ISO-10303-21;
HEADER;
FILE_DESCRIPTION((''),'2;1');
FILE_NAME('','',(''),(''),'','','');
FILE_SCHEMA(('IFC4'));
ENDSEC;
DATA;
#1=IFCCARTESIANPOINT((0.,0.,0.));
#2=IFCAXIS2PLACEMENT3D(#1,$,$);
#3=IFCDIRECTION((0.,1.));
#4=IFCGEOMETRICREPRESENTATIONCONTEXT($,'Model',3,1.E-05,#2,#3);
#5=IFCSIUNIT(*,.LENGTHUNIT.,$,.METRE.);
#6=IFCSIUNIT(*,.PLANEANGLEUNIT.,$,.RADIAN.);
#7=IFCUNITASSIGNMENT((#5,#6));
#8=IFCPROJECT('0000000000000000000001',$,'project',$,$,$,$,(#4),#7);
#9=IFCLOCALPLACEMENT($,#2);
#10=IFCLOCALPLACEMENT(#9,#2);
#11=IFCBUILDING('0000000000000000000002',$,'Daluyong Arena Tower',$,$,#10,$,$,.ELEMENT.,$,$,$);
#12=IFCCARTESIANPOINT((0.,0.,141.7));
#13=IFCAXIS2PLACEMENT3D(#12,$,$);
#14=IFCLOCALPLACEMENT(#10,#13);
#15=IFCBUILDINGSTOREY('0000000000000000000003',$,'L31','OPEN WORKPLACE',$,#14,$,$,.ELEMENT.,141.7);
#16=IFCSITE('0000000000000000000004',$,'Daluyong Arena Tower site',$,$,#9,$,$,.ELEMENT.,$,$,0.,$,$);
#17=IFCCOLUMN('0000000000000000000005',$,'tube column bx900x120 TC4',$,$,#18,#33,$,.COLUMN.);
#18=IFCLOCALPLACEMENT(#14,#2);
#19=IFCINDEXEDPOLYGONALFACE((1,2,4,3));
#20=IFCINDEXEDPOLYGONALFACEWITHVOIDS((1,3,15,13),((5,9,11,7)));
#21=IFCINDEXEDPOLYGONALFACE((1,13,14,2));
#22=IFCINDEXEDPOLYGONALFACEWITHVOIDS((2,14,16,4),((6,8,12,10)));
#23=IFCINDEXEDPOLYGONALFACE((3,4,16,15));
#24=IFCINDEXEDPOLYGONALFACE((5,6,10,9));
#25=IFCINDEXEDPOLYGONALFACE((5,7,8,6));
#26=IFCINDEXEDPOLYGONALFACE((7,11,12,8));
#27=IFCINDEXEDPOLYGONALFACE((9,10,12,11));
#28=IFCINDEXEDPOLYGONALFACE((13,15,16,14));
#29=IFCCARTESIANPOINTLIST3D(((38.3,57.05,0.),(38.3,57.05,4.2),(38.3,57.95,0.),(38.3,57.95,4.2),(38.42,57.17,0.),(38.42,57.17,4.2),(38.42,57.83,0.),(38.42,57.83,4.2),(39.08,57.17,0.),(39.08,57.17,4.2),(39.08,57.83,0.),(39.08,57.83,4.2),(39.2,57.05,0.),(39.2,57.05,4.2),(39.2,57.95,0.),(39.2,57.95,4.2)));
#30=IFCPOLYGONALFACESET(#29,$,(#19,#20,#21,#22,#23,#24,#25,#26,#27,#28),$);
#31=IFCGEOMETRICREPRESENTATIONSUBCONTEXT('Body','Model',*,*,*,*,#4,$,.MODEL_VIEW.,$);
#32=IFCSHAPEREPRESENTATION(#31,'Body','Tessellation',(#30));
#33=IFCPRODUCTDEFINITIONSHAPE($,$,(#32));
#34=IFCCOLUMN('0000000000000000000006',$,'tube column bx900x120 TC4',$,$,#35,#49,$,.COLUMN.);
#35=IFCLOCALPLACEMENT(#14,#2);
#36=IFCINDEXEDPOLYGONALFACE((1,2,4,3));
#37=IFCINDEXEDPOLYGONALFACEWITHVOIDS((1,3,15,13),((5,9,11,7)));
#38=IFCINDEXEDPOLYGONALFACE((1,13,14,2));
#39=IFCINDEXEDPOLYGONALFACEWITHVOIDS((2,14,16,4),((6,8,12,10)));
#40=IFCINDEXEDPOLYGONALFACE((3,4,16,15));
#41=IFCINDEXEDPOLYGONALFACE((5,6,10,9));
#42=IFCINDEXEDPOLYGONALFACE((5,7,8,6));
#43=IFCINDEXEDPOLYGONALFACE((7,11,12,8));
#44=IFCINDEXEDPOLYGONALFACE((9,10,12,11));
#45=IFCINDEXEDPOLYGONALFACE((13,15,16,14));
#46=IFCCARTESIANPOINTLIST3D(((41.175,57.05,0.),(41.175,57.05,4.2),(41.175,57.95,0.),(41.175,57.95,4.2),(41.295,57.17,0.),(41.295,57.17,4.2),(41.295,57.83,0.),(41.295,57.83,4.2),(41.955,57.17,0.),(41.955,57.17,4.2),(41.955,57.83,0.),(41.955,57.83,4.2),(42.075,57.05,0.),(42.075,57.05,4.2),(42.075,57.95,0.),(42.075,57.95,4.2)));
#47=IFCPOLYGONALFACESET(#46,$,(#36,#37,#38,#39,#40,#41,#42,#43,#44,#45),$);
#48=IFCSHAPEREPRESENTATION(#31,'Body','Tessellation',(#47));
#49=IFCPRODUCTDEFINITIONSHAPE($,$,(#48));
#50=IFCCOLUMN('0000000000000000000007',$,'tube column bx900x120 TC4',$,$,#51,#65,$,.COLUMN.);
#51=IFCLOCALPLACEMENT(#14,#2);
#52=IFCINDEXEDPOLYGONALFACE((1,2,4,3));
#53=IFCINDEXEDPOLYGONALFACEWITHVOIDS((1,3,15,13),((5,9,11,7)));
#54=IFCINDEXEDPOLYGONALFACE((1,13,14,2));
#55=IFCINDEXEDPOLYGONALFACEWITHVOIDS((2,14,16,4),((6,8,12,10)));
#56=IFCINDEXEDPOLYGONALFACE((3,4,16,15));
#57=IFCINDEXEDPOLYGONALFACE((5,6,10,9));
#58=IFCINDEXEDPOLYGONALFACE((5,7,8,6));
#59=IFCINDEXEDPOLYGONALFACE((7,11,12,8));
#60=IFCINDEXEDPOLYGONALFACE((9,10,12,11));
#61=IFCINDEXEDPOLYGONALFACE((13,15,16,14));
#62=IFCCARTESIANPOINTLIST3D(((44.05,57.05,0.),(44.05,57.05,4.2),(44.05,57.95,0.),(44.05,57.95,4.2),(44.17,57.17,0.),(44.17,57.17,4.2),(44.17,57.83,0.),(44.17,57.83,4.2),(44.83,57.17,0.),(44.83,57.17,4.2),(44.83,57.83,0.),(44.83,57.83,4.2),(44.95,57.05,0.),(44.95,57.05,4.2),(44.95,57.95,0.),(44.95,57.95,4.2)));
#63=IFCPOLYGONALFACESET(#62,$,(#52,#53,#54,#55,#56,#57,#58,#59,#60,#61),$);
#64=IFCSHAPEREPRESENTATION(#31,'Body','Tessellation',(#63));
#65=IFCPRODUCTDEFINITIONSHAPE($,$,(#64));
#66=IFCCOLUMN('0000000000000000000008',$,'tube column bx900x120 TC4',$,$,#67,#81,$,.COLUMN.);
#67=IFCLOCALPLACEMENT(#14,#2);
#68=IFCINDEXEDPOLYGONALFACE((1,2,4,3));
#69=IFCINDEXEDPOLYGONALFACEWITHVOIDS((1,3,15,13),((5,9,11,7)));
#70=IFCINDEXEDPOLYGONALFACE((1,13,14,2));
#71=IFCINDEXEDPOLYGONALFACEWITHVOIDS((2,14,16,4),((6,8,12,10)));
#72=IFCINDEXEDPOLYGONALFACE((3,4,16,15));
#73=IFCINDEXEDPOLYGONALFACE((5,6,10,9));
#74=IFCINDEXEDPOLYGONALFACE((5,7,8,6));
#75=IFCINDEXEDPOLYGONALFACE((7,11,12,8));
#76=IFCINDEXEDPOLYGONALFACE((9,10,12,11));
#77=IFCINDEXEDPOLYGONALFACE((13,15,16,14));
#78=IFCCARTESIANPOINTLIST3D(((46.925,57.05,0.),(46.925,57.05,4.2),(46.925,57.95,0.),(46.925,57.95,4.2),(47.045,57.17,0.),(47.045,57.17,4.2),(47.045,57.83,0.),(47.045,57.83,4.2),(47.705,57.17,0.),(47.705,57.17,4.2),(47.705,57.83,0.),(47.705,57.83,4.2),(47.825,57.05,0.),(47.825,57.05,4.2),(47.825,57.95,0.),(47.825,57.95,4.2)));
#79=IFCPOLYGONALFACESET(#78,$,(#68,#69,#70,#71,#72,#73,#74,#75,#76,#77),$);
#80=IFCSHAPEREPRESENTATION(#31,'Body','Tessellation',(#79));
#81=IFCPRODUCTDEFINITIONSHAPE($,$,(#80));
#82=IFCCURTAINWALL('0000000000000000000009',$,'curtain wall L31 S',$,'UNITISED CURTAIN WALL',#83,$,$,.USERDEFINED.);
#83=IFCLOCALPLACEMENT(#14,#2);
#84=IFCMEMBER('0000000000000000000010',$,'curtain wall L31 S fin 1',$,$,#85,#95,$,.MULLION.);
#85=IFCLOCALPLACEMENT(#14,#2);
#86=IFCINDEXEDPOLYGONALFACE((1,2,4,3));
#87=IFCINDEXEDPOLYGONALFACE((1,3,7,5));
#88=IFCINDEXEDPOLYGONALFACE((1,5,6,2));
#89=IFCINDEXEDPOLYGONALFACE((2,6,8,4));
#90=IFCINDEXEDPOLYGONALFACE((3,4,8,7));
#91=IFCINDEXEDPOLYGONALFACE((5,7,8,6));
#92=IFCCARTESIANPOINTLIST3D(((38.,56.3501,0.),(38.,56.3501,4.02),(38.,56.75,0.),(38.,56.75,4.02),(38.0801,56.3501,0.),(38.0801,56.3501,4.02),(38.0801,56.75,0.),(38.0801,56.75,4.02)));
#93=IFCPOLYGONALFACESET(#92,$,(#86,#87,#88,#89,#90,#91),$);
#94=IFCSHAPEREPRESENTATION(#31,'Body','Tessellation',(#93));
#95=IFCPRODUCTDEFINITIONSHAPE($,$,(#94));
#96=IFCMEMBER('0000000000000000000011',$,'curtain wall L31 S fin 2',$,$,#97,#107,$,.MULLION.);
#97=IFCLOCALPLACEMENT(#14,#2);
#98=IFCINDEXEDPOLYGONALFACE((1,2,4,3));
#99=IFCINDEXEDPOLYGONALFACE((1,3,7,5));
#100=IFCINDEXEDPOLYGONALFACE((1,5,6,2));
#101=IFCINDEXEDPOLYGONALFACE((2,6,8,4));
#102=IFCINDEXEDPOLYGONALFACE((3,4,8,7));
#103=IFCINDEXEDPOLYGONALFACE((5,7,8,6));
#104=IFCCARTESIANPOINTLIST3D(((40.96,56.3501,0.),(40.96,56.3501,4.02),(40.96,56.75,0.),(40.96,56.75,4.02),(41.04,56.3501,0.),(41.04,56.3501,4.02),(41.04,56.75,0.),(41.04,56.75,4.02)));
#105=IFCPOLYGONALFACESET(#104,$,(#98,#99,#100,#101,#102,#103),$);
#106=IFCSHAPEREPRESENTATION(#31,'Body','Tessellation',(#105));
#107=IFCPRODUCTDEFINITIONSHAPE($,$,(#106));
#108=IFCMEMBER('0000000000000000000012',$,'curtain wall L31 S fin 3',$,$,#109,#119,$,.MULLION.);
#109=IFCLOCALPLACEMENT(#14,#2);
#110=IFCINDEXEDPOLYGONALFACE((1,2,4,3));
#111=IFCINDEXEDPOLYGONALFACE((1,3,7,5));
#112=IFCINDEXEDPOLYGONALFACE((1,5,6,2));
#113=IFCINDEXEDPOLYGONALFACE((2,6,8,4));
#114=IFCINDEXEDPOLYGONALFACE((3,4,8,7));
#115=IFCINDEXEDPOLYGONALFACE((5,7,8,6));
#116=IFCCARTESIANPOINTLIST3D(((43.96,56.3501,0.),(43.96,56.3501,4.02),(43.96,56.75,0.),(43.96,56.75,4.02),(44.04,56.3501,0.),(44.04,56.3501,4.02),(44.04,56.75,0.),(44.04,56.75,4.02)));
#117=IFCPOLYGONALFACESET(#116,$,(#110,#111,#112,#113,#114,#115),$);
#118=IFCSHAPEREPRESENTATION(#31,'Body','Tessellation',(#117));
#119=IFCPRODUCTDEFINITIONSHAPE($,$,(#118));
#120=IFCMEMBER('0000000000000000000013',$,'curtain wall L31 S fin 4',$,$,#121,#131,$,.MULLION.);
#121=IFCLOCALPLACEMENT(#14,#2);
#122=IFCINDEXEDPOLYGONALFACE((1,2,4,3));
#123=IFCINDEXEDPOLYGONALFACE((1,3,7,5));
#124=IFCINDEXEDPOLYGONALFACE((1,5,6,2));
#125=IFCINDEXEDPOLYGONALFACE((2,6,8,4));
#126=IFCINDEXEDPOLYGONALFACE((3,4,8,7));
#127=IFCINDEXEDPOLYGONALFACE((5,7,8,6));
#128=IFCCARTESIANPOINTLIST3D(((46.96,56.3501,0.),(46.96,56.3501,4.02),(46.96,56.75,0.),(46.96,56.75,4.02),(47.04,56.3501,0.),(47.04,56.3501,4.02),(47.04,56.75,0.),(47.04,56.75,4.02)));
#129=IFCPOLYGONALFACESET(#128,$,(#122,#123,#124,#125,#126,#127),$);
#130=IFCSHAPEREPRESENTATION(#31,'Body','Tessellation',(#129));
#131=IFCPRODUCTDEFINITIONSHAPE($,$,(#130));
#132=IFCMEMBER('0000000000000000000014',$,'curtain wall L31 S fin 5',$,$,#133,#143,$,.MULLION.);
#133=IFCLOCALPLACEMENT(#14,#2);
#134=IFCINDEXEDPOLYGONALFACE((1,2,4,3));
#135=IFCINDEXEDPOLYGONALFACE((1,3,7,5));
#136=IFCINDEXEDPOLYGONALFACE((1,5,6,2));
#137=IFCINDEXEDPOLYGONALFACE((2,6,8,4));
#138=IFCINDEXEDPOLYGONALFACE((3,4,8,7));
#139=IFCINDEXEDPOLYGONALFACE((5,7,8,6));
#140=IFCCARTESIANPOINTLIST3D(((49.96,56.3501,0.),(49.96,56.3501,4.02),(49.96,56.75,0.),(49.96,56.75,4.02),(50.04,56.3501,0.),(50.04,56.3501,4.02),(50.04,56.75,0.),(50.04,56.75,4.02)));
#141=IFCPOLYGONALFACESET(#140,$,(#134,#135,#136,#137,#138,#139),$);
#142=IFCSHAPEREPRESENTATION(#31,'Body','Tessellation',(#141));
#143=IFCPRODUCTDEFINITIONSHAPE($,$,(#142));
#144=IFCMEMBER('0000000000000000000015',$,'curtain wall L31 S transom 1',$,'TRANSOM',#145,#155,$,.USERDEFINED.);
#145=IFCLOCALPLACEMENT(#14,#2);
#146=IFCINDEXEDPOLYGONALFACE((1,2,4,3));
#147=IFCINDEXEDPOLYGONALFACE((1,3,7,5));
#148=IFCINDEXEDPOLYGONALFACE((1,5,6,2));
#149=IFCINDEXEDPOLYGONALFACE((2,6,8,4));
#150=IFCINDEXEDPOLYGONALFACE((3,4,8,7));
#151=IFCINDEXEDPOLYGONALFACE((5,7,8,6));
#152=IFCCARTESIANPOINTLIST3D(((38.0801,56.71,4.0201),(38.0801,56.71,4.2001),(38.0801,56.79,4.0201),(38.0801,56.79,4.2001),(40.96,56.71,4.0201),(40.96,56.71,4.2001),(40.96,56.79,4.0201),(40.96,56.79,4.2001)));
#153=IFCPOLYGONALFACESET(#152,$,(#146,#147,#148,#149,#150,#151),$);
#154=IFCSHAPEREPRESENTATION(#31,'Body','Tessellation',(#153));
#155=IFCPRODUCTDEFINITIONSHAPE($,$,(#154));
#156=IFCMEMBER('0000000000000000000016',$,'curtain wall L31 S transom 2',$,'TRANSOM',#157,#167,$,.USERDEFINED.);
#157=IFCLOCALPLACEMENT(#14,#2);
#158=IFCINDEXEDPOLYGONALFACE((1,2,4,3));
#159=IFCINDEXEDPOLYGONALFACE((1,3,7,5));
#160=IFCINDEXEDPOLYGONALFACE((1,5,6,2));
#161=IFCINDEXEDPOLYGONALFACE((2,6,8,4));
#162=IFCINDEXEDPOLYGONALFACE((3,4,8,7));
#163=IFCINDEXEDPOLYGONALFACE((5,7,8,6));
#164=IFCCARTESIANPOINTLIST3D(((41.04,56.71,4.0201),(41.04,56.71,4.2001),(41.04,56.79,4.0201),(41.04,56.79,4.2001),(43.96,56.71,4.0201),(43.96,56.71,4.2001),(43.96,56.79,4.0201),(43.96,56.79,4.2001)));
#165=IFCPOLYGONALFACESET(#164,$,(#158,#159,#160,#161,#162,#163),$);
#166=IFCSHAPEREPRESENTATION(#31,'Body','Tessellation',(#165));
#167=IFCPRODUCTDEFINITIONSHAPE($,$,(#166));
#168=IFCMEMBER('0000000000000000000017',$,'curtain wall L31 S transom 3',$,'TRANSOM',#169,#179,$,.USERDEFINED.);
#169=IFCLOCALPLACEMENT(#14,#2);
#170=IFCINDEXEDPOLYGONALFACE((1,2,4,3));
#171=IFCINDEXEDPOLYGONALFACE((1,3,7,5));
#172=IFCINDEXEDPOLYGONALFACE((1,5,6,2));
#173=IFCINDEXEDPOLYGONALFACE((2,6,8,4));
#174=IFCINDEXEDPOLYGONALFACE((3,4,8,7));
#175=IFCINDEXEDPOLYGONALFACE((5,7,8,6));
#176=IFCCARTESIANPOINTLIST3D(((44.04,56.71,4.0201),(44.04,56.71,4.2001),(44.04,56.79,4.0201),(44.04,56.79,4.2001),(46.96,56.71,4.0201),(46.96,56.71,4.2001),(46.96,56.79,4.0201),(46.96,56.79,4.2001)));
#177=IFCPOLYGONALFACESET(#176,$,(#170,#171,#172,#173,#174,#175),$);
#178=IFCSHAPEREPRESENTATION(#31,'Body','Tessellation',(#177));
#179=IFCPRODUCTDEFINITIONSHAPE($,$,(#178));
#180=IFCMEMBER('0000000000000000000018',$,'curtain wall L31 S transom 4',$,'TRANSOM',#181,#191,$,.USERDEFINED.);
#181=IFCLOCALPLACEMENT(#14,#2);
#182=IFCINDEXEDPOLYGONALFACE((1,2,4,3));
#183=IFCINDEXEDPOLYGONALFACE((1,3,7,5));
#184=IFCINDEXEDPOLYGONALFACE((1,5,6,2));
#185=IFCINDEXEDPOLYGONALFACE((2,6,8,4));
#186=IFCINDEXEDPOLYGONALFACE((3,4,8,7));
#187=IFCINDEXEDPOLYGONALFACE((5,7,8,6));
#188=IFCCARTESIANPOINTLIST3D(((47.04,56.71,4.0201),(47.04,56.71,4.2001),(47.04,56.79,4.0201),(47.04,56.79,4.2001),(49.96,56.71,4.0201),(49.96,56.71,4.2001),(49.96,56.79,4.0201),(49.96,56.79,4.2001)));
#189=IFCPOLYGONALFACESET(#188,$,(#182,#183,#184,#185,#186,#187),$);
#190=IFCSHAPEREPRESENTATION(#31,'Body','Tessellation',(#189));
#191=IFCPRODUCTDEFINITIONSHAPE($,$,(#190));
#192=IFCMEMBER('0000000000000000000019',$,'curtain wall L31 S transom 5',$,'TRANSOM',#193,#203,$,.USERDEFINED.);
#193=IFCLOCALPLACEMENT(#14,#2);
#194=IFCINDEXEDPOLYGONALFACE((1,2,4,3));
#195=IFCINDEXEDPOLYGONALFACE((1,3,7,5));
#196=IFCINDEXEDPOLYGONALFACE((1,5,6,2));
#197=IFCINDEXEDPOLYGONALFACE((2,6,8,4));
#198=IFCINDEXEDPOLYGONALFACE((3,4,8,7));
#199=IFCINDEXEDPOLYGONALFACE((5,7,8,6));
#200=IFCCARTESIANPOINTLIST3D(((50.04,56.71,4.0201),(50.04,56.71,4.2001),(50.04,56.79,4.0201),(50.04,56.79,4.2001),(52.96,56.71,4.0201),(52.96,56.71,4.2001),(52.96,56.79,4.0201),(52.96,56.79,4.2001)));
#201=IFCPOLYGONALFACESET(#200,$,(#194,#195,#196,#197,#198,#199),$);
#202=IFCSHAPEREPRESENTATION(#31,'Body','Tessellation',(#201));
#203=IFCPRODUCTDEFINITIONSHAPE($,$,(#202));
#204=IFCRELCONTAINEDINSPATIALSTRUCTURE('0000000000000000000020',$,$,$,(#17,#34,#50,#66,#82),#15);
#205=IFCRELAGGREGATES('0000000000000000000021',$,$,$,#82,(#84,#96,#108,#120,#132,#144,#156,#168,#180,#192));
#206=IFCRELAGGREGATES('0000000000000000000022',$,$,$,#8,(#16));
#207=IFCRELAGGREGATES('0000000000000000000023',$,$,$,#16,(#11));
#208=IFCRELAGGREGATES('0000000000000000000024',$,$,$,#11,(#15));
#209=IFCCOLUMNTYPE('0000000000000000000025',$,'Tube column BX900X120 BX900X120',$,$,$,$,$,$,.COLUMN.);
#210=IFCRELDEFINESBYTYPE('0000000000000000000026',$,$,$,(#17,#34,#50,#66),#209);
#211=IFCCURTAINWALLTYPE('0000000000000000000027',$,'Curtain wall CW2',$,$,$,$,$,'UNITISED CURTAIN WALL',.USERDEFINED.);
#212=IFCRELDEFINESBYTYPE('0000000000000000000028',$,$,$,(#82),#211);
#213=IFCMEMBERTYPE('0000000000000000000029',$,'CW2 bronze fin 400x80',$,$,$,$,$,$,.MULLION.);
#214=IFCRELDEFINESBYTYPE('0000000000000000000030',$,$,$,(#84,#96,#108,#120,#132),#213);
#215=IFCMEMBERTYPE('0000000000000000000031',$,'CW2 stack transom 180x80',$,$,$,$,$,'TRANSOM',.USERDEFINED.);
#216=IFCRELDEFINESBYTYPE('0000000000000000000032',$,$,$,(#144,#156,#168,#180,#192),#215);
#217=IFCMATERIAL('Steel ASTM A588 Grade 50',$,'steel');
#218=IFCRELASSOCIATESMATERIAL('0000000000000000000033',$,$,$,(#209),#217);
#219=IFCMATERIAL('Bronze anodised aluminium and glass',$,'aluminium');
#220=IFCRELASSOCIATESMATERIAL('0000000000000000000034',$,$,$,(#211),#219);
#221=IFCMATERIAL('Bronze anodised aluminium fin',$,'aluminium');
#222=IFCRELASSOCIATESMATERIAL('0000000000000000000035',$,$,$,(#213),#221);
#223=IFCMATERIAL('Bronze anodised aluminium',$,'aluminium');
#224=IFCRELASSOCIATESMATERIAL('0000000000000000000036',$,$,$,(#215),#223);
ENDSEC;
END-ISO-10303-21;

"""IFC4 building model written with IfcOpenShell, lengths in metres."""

from ifc_helpers import new_model, si_unit, direction, frame, origin, origin_2d, place, context, subcontext, project, spatial, rectangle, hollow_rectangle, extrude, material, material_profile, profile_set, type_object, element, aggregate, save


model = new_model("IFC4")

# Units and contexts
model_context = context("Model", 3, precision=1e-05, world=origin(), true_north=direction((0.0, 1.0)))
body_context = subcontext(model_context, "Body", "Model", "MODEL_VIEW")
ifc_project = project(units=[si_unit("LENGTHUNIT", "METRE"), si_unit("PLANEANGLEUNIT", "RADIAN")], contexts=[model_context])

# Site, building, storey
site_placement = place(None, origin())
site = spatial("IfcSite", under=ifc_project, at=site_placement, Name="Daluyong Arena Tower site", CompositionType="ELEMENT", RefElevation=0.0)
building_placement = place(site_placement, origin())
building = spatial("IfcBuilding", under=site, at=building_placement, Name="Daluyong Arena Tower", CompositionType="ELEMENT")
storey_placement = place(building_placement, frame((0.0, 0.0, 141.7)))
storey = spatial("IfcBuildingStorey", under=building, at=storey_placement, Name="L31", Description="OPEN WORKPLACE", CompositionType="ELEMENT", Elevation=141.7)

# Columns
ifc_material_1 = material(Name="Steel ASTM A588 Grade 50", Category="steel")
ifc_material_profile_1 = material_profile(ifc_material_1, hollow_rectangle(XDim=0.8999, YDim=0.8999, WallThickness=0.12, at=origin_2d()))
ifc_profile_set_1 = profile_set([ifc_material_profile_1], Name="Steel ASTM A588 Grade 50")
column_type = type_object("IfcColumnType", Name="Tube column BX900X120 BX900X120", PredefinedType="COLUMN", material=ifc_profile_set_1)
for number, where, z_axis, x_axis, name in (
    (1, (38.75, 57.5, 0.0), (0.0, 0.0, 1.0), (1.0, 0.0, 0.0), "tube column bx900x120 TC4"),
    (2, (41.625, 57.5, 0.0), (0.0, 0.0, 1.0), (1.0, 0.0, 0.0), "tube column bx900x120 TC4"),
    (3, (44.5, 57.5, 0.0), (0.0, 0.0, 1.0), (1.0, 0.0, 0.0), "tube column bx900x120 TC4"),
    (4, (47.375, 57.5, 0.0), (0.0, 0.0, 1.0), (1.0, 0.0, 0.0), "tube column bx900x120 TC4"),
):
    element("IfcColumn", number, at=place(storey_placement, frame(where, z_axis=z_axis, x_axis=x_axis)), inside=storey, type_object=column_type, Name=name, PredefinedType="COLUMN", context=body_context, shape_type="SweptSolid", body=[
        extrude(hollow_rectangle(XDim=0.8999, YDim=0.8999, WallThickness=0.12, at=origin_2d()), origin(), (0.0, 0.0, 1.0), 4.2),
    ])

# Curtain wall, members
ifc_material_2 = material(Name="Bronze anodised aluminium and glass", Category="aluminium")
curtain_wall_type_1 = type_object("IfcCurtainWallType", Name="Curtain wall CW2", ElementType="UNITISED CURTAIN WALL", PredefinedType="USERDEFINED", material=ifc_material_2)
curtain_wall_1_placement = place(storey_placement, origin())
curtain_wall_1 = element("IfcCurtainWall", 5, at=curtain_wall_1_placement, inside=storey, type_object=curtain_wall_type_1, Name="curtain wall L31 S", ObjectType="UNITISED CURTAIN WALL", PredefinedType="USERDEFINED")
ifc_material_3 = material(Name="Bronze anodised aluminium fin", Category="aluminium")
ifc_material_profile_2 = material_profile(ifc_material_3, rectangle(XDim=0.3999, YDim=0.0801, at=origin_2d()))
ifc_profile_set_2 = profile_set([ifc_material_profile_2], Name="Bronze anodised aluminium fin")
member_type_1 = type_object("IfcMemberType", Name="CW2 bronze fin 400x80", PredefinedType="MULLION", material=ifc_profile_set_2)
member_1_placement = place(storey_placement, frame((38.04, 56.55, 0.0), z_axis=(0.0, 0.0, 1.0), x_axis=(0.0, 1.0, 0.0)))
member_1 = element("IfcMember", 6, at=member_1_placement, type_object=member_type_1, Name="curtain wall L31 S fin 1", PredefinedType="MULLION", context=body_context, shape_type="SweptSolid", body=[
    extrude(rectangle(XDim=0.3999, YDim=0.0801, at=origin_2d()), origin(), (0.0, 0.0, 1.0), 4.02),
])
member_2_placement = place(storey_placement, frame((41.0, 56.55, 0.0), z_axis=(0.0, 0.0, 1.0), x_axis=(0.0, 1.0, 0.0)))
member_2 = element("IfcMember", 7, at=member_2_placement, type_object=member_type_1, Name="curtain wall L31 S fin 2", PredefinedType="MULLION", context=body_context, shape_type="SweptSolid", body=[
    extrude(rectangle(XDim=0.3999, YDim=0.0801, at=origin_2d()), origin(), (0.0, 0.0, 1.0), 4.02),
])
member_3_placement = place(storey_placement, frame((44.0, 56.55, 0.0), z_axis=(0.0, 0.0, 1.0), x_axis=(0.0, 1.0, 0.0)))
member_3 = element("IfcMember", 8, at=member_3_placement, type_object=member_type_1, Name="curtain wall L31 S fin 3", PredefinedType="MULLION", context=body_context, shape_type="SweptSolid", body=[
    extrude(rectangle(XDim=0.3999, YDim=0.0801, at=origin_2d()), origin(), (0.0, 0.0, 1.0), 4.02),
])
member_4_placement = place(storey_placement, frame((47.0, 56.55, 0.0), z_axis=(0.0, 0.0, 1.0), x_axis=(0.0, 1.0, 0.0)))
member_4 = element("IfcMember", 9, at=member_4_placement, type_object=member_type_1, Name="curtain wall L31 S fin 4", PredefinedType="MULLION", context=body_context, shape_type="SweptSolid", body=[
    extrude(rectangle(XDim=0.3999, YDim=0.0801, at=origin_2d()), origin(), (0.0, 0.0, 1.0), 4.02),
])
member_5_placement = place(storey_placement, frame((50.0, 56.55, 0.0), z_axis=(0.0, 0.0, 1.0), x_axis=(0.0, 1.0, 0.0)))
member_5 = element("IfcMember", 10, at=member_5_placement, type_object=member_type_1, Name="curtain wall L31 S fin 5", PredefinedType="MULLION", context=body_context, shape_type="SweptSolid", body=[
    extrude(rectangle(XDim=0.3999, YDim=0.0801, at=origin_2d()), origin(), (0.0, 0.0, 1.0), 4.02),
])
ifc_material_4 = material(Name="Bronze anodised aluminium", Category="aluminium")
ifc_material_profile_3 = material_profile(ifc_material_4, rectangle(XDim=0.0801, YDim=0.1799, at=origin_2d()))
ifc_profile_set_3 = profile_set([ifc_material_profile_3], Name="Bronze anodised aluminium")
member_type_2 = type_object("IfcMemberType", Name="CW2 stack transom 180x80", ElementType="TRANSOM", PredefinedType="USERDEFINED", material=ifc_profile_set_3)
member_6_placement = place(storey_placement, frame((38.0801, 56.75, 4.1101), z_axis=(1.0, 0.0, 0.0), x_axis=(0.0, 1.0, 0.0)))
member_6 = element("IfcMember", 11, at=member_6_placement, type_object=member_type_2, Name="curtain wall L31 S transom 1", ObjectType="TRANSOM", PredefinedType="USERDEFINED", context=body_context, shape_type="SweptSolid", body=[
    extrude(rectangle(XDim=0.0801, YDim=0.1799, at=origin_2d()), origin(), (0.0, 0.0, 1.0), 2.8799),
])
member_7_placement = place(storey_placement, frame((41.04, 56.75, 4.1101), z_axis=(1.0, 0.0, 0.0), x_axis=(0.0, 1.0, 0.0)))
member_7 = element("IfcMember", 12, at=member_7_placement, type_object=member_type_2, Name="curtain wall L31 S transom 2", ObjectType="TRANSOM", PredefinedType="USERDEFINED", context=body_context, shape_type="SweptSolid", body=[
    extrude(rectangle(XDim=0.0801, YDim=0.1799, at=origin_2d()), origin(), (0.0, 0.0, 1.0), 2.9199),
])
member_8_placement = place(storey_placement, frame((44.04, 56.75, 4.1101), z_axis=(1.0, 0.0, 0.0), x_axis=(0.0, 1.0, 0.0)))
member_8 = element("IfcMember", 13, at=member_8_placement, type_object=member_type_2, Name="curtain wall L31 S transom 3", ObjectType="TRANSOM", PredefinedType="USERDEFINED", context=body_context, shape_type="SweptSolid", body=[
    extrude(rectangle(XDim=0.0801, YDim=0.1799, at=origin_2d()), origin(), (0.0, 0.0, 1.0), 2.9199),
])
member_9_placement = place(storey_placement, frame((47.04, 56.75, 4.1101), z_axis=(1.0, 0.0, 0.0), x_axis=(0.0, 1.0, 0.0)))
member_9 = element("IfcMember", 14, at=member_9_placement, type_object=member_type_2, Name="curtain wall L31 S transom 4", ObjectType="TRANSOM", PredefinedType="USERDEFINED", context=body_context, shape_type="SweptSolid", body=[
    extrude(rectangle(XDim=0.0801, YDim=0.1799, at=origin_2d()), origin(), (0.0, 0.0, 1.0), 2.9199),
])
member_10_placement = place(storey_placement, frame((50.04, 56.75, 4.1101), z_axis=(1.0, 0.0, 0.0), x_axis=(0.0, 1.0, 0.0)))
member_10 = element("IfcMember", 15, at=member_10_placement, type_object=member_type_2, Name="curtain wall L31 S transom 5", ObjectType="TRANSOM", PredefinedType="USERDEFINED", context=body_context, shape_type="SweptSolid", body=[
    extrude(rectangle(XDim=0.0801, YDim=0.1799, at=origin_2d()), origin(), (0.0, 0.0, 1.0), 2.9199),
])

aggregate(curtain_wall_1, [member_1, member_2, member_3, member_4, member_5, member_6, member_7, member_8, member_9, member_10])

save(model, "model.ifc")
